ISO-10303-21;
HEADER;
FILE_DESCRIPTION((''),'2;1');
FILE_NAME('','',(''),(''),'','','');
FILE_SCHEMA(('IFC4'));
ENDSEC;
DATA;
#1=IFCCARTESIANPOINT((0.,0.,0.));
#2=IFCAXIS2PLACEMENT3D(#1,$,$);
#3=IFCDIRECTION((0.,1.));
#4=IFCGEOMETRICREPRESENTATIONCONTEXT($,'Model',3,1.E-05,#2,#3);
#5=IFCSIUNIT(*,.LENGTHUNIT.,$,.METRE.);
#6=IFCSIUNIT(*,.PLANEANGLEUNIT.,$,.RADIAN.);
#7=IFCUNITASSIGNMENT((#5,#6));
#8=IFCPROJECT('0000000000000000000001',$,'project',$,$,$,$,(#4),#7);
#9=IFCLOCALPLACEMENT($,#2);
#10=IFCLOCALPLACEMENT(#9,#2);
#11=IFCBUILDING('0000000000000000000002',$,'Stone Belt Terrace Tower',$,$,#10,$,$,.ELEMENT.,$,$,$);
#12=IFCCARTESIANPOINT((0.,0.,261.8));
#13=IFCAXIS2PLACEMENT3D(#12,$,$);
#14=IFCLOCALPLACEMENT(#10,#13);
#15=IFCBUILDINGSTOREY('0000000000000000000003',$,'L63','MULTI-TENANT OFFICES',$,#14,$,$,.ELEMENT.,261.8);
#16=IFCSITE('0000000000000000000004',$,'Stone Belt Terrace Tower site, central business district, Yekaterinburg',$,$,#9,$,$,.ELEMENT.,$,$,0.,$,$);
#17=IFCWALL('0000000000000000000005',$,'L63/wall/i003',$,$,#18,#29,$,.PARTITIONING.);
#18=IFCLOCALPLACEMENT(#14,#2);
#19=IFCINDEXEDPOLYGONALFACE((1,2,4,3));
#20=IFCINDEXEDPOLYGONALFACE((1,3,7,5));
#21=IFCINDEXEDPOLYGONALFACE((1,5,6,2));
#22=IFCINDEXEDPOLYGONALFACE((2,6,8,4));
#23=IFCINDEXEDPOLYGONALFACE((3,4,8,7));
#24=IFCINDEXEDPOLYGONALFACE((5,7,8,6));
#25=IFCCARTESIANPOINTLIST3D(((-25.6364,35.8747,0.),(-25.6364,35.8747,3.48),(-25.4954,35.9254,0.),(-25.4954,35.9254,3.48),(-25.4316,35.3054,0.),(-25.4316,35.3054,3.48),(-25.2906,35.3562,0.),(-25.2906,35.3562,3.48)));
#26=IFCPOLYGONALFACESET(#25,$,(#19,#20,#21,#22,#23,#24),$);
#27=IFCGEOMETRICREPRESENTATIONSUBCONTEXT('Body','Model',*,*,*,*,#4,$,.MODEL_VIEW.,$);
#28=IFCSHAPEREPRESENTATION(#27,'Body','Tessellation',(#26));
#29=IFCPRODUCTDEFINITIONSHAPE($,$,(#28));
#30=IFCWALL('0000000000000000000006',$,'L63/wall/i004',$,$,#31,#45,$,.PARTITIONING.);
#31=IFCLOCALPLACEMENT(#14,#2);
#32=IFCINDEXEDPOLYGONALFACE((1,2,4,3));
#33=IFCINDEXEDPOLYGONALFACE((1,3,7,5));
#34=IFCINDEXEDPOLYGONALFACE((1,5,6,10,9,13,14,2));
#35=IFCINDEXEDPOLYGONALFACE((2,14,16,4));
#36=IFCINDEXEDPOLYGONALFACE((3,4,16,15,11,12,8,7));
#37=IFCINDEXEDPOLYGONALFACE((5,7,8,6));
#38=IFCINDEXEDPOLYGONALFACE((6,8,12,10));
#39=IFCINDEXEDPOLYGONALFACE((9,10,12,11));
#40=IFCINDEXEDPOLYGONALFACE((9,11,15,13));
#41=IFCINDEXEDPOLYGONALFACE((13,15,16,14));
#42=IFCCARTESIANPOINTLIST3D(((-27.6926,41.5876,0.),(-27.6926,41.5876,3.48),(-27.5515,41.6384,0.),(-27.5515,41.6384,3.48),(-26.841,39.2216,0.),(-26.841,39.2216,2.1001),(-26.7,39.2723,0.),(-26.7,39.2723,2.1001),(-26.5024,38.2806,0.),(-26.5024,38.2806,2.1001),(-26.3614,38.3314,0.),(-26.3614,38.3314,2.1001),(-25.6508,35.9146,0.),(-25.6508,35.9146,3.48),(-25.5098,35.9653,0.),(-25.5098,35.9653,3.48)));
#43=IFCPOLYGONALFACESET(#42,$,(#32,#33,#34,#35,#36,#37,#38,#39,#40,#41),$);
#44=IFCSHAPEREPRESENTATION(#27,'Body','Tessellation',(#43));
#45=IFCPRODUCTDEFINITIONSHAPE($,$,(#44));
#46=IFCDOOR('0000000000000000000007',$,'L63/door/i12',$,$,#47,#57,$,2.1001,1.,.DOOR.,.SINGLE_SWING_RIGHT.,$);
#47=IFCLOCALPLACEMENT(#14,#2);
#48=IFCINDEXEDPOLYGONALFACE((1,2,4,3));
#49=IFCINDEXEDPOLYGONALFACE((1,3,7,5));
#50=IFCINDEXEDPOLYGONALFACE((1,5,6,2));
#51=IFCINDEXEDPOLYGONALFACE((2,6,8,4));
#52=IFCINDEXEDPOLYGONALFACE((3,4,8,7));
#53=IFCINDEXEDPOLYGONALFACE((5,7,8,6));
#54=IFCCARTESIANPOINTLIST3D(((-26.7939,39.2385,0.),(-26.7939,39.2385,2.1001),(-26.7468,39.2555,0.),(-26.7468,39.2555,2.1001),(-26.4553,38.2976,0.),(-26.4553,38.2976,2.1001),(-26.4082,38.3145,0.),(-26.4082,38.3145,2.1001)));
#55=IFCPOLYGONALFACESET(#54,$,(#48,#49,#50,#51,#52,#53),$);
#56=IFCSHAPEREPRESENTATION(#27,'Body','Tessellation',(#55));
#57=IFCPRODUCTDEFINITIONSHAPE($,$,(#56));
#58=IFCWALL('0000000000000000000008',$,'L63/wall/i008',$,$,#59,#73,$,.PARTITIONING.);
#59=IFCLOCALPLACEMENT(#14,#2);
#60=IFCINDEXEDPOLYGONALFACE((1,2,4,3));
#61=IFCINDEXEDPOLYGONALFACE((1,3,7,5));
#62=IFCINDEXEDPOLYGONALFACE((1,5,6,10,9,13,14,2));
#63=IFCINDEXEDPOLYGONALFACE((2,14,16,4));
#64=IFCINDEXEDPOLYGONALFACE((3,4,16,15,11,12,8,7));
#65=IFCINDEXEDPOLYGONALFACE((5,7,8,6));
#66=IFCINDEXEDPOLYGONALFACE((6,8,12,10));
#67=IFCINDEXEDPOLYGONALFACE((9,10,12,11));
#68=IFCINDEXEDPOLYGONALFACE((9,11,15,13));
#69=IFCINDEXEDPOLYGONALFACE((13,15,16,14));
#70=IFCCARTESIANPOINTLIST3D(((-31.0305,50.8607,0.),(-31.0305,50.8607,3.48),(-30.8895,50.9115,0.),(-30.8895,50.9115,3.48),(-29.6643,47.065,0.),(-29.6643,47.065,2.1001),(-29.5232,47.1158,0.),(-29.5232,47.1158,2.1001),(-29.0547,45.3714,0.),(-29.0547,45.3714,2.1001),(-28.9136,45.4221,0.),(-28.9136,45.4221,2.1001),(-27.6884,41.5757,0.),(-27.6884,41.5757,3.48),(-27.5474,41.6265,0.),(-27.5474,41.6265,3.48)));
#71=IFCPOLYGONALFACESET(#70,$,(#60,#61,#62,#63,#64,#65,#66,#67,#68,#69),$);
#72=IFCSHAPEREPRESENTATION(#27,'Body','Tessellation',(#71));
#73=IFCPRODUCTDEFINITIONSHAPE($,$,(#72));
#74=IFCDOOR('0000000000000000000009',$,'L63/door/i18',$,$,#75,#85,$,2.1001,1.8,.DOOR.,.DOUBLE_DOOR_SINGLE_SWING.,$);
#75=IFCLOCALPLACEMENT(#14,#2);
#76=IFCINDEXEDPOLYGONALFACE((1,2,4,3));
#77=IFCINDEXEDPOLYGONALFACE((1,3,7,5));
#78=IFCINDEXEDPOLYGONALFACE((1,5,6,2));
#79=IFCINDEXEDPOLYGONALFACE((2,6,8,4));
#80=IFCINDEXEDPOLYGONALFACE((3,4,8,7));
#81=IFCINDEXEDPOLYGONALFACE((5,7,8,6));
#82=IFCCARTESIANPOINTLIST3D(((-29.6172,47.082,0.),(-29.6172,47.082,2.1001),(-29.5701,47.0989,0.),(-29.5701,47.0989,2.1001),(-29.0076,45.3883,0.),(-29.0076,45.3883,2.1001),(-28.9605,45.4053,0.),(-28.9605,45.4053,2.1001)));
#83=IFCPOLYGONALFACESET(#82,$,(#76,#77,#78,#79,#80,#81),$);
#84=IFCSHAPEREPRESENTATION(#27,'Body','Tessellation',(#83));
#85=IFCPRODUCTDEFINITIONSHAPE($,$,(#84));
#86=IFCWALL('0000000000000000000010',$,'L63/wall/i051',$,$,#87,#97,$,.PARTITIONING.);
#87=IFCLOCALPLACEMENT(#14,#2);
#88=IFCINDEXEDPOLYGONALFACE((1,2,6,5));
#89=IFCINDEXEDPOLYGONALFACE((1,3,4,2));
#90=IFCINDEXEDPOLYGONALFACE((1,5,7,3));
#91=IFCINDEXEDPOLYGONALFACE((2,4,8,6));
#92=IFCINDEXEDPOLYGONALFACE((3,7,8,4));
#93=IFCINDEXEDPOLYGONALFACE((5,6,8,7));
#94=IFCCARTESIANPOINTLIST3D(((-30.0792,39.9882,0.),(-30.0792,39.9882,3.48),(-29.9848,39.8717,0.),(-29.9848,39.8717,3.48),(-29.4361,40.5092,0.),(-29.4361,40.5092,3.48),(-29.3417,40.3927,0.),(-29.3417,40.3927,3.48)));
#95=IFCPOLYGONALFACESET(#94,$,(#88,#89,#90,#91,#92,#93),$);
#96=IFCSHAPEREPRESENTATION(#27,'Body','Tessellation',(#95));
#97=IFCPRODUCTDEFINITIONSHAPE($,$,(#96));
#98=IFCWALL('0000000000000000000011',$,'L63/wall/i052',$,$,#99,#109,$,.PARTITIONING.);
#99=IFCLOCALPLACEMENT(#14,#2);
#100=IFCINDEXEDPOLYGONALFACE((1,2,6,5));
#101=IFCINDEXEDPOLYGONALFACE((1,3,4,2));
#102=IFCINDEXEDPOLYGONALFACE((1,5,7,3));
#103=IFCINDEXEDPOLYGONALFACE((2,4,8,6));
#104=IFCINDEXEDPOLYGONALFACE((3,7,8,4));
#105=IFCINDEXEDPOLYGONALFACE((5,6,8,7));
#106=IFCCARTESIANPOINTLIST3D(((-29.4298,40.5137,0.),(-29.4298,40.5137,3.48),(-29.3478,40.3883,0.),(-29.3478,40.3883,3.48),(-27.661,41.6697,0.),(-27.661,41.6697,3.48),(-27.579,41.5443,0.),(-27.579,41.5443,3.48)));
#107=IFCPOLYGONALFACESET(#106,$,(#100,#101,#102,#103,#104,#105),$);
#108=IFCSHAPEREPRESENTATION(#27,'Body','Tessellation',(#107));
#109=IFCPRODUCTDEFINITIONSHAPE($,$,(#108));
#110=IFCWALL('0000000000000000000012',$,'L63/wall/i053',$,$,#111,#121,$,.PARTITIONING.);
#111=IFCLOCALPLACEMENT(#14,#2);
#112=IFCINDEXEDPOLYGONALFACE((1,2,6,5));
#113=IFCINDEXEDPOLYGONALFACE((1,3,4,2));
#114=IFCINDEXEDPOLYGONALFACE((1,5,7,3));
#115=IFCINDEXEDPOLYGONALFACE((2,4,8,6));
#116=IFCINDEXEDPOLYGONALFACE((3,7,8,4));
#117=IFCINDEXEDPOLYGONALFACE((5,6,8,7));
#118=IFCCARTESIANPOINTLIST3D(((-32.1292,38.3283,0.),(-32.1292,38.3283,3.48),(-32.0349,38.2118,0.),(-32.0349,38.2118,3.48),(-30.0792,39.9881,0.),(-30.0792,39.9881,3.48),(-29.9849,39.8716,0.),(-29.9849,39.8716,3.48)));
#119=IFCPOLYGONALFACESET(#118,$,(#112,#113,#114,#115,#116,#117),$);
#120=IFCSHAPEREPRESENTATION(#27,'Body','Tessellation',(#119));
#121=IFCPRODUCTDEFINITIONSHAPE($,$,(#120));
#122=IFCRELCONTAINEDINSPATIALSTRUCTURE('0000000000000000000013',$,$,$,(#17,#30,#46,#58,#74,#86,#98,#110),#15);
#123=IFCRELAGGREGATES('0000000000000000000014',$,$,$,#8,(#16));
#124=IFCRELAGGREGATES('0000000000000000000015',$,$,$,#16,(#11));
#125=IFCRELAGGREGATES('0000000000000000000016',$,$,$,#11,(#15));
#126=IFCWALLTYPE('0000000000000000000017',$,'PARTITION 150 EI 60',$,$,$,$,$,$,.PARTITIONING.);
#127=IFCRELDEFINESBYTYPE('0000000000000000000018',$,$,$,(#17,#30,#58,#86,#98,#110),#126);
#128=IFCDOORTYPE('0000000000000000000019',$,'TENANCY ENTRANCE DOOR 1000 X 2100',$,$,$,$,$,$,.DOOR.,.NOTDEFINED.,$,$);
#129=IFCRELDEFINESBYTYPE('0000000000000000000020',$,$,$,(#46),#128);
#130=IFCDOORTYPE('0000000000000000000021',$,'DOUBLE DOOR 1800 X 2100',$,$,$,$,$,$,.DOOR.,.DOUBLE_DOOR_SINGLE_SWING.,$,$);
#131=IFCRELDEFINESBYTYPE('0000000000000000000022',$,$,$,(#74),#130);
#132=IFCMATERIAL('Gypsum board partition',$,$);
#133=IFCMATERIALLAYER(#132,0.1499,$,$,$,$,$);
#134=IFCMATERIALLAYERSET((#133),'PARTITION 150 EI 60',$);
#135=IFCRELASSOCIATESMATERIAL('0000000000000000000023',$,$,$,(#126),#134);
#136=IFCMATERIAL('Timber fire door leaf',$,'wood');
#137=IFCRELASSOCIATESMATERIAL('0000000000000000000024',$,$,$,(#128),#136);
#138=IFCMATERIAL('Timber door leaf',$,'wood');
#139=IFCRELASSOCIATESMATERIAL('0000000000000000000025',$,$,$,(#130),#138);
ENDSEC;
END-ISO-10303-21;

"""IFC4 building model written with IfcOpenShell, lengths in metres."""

from ifc_helpers import new_model, si_unit, direction, frame, frame_2d, origin, place, context, subcontext, project, spatial, rectangle, extrude, material, layer, layer_set, type_object, element, fill, save


model = new_model("IFC4")

# Units and contexts
model_context = context("Model", 3, precision=1e-05, world=origin(), true_north=direction((0.0, 1.0)))
body_context = subcontext(model_context, "Body", "Model", "MODEL_VIEW")
ifc_project = project(units=[si_unit("LENGTHUNIT", "METRE"), si_unit("PLANEANGLEUNIT", "RADIAN")], contexts=[model_context])

# Site, building, storey
site_placement = place(None, origin())
site = spatial("IfcSite", under=ifc_project, at=site_placement, Name="Stone Belt Terrace Tower site, central business district, Yekaterinburg", CompositionType="ELEMENT", RefElevation=0.0)
building_placement = place(site_placement, origin())
building = spatial("IfcBuilding", under=site, at=building_placement, Name="Stone Belt Terrace Tower", CompositionType="ELEMENT")
storey_placement = place(building_placement, frame((0.0, 0.0, 261.8)))
storey = spatial("IfcBuildingStorey", under=building, at=storey_placement, Name="L63", Description="MULTI-TENANT OFFICES", CompositionType="ELEMENT", Elevation=261.8)

# Shared definitions
ifc_material_1 = material(Name="Timber door leaf", Category="wood")

# Shared definitions
ifc_material_2 = material(Name="Gypsum board partition")

# Wall
ifc_layer_1 = layer(ifc_material_2, 0.1499)
ifc_layer_set_1 = layer_set([ifc_layer_1], Name="PARTITION 150 EI 60")
wall_type_1 = type_object("IfcWallType", Name="PARTITION 150 EI 60", PredefinedType="PARTITIONING", material=ifc_layer_set_1)
wall_1_placement = place(storey_placement, frame((-25.3611, 35.3308, 0.0), z_axis=(0.0, 0.0, 1.0), x_axis=(-0.338534, 0.940954, 0.0)))
element("IfcWall", 1, at=wall_1_placement, inside=storey, type_object=wall_type_1, Name="L63/wall/i003", PredefinedType="PARTITIONING", context=body_context, shape_type="SweptSolid", body=[
    extrude(rectangle(XDim=0.605, YDim=0.1499, at=frame_2d((0.3025, 0.0))), origin(), (0.0, 0.0, 1.0), 3.48),
])

# Walls, openings, doors
wall_2_placement = place(storey_placement, frame((-25.5803, 35.9399, 0.0), z_axis=(0.0, 0.0, 1.0), x_axis=(-0.338636, 0.940917, 0.0)))
wall_2 = element("IfcWall", 2, at=wall_2_placement, inside=storey, type_object=wall_type_1, Name="L63/wall/i004", PredefinedType="PARTITIONING", context=body_context, shape_type="SweptSolid", body=[
    extrude(rectangle(XDim=6.0293, YDim=0.1499, at=frame_2d((3.0146, 0.0))), origin(), (0.0, 0.0, 1.0), 3.48),
])
opening_1_placement = place(wall_2_placement, frame((2.5146, 0.0, 0.0)))
opening_1 = element("IfcOpeningElement", 3, at=opening_1_placement, cuts=wall_2, PredefinedType="OPENING", context=body_context, shape_type="SweptSolid", body=[
    extrude(rectangle(XDim=1.0, YDim=2.1001, at=frame_2d((0.5, 1.05))), frame((0.0, 0.085, 0.0), z_axis=(0.0, -1.0, 0.0), x_axis=(1.0, 0.0, 0.0)), (0.0, 0.0, 1.0), 0.1699),
])
ifc_material_3 = material(Name="Timber fire door leaf", Category="wood")
door_type_1 = type_object("IfcDoorType", Name="TENANCY ENTRANCE DOOR 1000 X 2100", OperationType="NOTDEFINED", PredefinedType="DOOR", material=ifc_material_3)
door_1_placement = place(opening_1_placement, origin())
door_1 = element("IfcDoor", 4, at=door_1_placement, inside=storey, type_object=door_type_1, Name="L63/door/i12", OperationType="SINGLE_SWING_RIGHT", OverallHeight=2.1001, OverallWidth=1.0, PredefinedType="DOOR", context=body_context, shape_type="SweptSolid", body=[
    extrude(rectangle(XDim=1.0, YDim=2.1001, at=frame_2d((0.5, 1.05))), frame((0.0, 0.0249, 0.0), z_axis=(0.0, -1.0, 0.0), x_axis=(1.0, 0.0, 0.0)), (0.0, 0.0, 1.0), 0.05),
])
fill(opening_1, door_1)
wall_3_placement = place(storey_placement, frame((-27.6179, 41.6011, 0.0), z_axis=(0.0, 0.0, 1.0), x_axis=(-0.338672, 0.940904, 0.0)))
wall_3 = element("IfcWall", 5, at=wall_3_placement, inside=storey, type_object=wall_type_1, Name="L63/wall/i008", PredefinedType="PARTITIONING", context=body_context, shape_type="SweptSolid", body=[
    extrude(rectangle(XDim=9.8682, YDim=0.1499, at=frame_2d((4.9341, 0.0))), origin(), (0.0, 0.0, 1.0), 3.48),
])
opening_2_placement = place(wall_3_placement, frame((4.0342, 0.0, 0.0)))
opening_2 = element("IfcOpeningElement", 6, at=opening_2_placement, cuts=wall_3, PredefinedType="OPENING", context=body_context, shape_type="SweptSolid", body=[
    extrude(rectangle(XDim=1.8, YDim=2.1001, at=frame_2d((0.8999, 1.05))), frame((0.0, 0.085, 0.0), z_axis=(0.0, -1.0, 0.0), x_axis=(1.0, 0.0, 0.0)), (0.0, 0.0, 1.0), 0.1699),
])
door_type_2 = type_object("IfcDoorType", Name="DOUBLE DOOR 1800 X 2100", OperationType="DOUBLE_DOOR_SINGLE_SWING", PredefinedType="DOOR", material=ifc_material_1)
door_2_placement = place(opening_2_placement, origin())
door_2 = element("IfcDoor", 7, at=door_2_placement, inside=storey, type_object=door_type_2, Name="L63/door/i18", OperationType="DOUBLE_DOOR_SINGLE_SWING", OverallHeight=2.1001, OverallWidth=1.8, PredefinedType="DOOR", context=body_context, shape_type="SweptSolid", body=[
    extrude(rectangle(XDim=1.8, YDim=2.1001, at=frame_2d((0.8999, 1.05))), frame((0.0, 0.0249, 0.0), z_axis=(0.0, -1.0, 0.0), x_axis=(1.0, 0.0, 0.0)), (0.0, 0.0, 1.0), 0.05),
])
fill(opening_2, door_2)

# Walls
wall_4_placement = place(storey_placement, frame((-30.032, 39.9299, 0.0), z_axis=(0.0, 0.0, 1.0), x_axis=(0.776998, 0.629504, 0.0)))
element("IfcWall", 8, at=wall_4_placement, inside=storey, type_object=wall_type_1, Name="L63/wall/i051", PredefinedType="PARTITIONING", context=body_context, shape_type="SweptSolid", body=[
    extrude(rectangle(XDim=0.8276, YDim=0.1499, at=frame_2d((0.4138, 0.0))), origin(), (0.0, 0.0, 1.0), 3.48),
])
wall_5_placement = place(storey_placement, frame((-29.3889, 40.4509, 0.0), z_axis=(0.0, 0.0, 1.0), x_axis=(0.837082, 0.547078, 0.0)))
element("IfcWall", 9, at=wall_5_placement, inside=storey, type_object=wall_type_1, Name="L63/wall/i052", PredefinedType="PARTITIONING", context=body_context, shape_type="SweptSolid", body=[
    extrude(rectangle(XDim=2.113, YDim=0.1499, at=frame_2d((1.0566, 0.0))), origin(), (0.0, 0.0, 1.0), 3.48),
])
wall_6_placement = place(storey_placement, frame((-32.082, 38.27, 0.0), z_axis=(0.0, 0.0, 1.0), x_axis=(0.77718, 0.629278, 0.0)))
element("IfcWall", 10, at=wall_6_placement, inside=storey, type_object=wall_type_1, Name="L63/wall/i053", PredefinedType="PARTITIONING", context=body_context, shape_type="SweptSolid", body=[
    extrude(rectangle(XDim=2.6377, YDim=0.1499, at=frame_2d((1.3188, 0.0))), origin(), (0.0, 0.0, 1.0), 3.48),
])

save(model, "model.ifc")
